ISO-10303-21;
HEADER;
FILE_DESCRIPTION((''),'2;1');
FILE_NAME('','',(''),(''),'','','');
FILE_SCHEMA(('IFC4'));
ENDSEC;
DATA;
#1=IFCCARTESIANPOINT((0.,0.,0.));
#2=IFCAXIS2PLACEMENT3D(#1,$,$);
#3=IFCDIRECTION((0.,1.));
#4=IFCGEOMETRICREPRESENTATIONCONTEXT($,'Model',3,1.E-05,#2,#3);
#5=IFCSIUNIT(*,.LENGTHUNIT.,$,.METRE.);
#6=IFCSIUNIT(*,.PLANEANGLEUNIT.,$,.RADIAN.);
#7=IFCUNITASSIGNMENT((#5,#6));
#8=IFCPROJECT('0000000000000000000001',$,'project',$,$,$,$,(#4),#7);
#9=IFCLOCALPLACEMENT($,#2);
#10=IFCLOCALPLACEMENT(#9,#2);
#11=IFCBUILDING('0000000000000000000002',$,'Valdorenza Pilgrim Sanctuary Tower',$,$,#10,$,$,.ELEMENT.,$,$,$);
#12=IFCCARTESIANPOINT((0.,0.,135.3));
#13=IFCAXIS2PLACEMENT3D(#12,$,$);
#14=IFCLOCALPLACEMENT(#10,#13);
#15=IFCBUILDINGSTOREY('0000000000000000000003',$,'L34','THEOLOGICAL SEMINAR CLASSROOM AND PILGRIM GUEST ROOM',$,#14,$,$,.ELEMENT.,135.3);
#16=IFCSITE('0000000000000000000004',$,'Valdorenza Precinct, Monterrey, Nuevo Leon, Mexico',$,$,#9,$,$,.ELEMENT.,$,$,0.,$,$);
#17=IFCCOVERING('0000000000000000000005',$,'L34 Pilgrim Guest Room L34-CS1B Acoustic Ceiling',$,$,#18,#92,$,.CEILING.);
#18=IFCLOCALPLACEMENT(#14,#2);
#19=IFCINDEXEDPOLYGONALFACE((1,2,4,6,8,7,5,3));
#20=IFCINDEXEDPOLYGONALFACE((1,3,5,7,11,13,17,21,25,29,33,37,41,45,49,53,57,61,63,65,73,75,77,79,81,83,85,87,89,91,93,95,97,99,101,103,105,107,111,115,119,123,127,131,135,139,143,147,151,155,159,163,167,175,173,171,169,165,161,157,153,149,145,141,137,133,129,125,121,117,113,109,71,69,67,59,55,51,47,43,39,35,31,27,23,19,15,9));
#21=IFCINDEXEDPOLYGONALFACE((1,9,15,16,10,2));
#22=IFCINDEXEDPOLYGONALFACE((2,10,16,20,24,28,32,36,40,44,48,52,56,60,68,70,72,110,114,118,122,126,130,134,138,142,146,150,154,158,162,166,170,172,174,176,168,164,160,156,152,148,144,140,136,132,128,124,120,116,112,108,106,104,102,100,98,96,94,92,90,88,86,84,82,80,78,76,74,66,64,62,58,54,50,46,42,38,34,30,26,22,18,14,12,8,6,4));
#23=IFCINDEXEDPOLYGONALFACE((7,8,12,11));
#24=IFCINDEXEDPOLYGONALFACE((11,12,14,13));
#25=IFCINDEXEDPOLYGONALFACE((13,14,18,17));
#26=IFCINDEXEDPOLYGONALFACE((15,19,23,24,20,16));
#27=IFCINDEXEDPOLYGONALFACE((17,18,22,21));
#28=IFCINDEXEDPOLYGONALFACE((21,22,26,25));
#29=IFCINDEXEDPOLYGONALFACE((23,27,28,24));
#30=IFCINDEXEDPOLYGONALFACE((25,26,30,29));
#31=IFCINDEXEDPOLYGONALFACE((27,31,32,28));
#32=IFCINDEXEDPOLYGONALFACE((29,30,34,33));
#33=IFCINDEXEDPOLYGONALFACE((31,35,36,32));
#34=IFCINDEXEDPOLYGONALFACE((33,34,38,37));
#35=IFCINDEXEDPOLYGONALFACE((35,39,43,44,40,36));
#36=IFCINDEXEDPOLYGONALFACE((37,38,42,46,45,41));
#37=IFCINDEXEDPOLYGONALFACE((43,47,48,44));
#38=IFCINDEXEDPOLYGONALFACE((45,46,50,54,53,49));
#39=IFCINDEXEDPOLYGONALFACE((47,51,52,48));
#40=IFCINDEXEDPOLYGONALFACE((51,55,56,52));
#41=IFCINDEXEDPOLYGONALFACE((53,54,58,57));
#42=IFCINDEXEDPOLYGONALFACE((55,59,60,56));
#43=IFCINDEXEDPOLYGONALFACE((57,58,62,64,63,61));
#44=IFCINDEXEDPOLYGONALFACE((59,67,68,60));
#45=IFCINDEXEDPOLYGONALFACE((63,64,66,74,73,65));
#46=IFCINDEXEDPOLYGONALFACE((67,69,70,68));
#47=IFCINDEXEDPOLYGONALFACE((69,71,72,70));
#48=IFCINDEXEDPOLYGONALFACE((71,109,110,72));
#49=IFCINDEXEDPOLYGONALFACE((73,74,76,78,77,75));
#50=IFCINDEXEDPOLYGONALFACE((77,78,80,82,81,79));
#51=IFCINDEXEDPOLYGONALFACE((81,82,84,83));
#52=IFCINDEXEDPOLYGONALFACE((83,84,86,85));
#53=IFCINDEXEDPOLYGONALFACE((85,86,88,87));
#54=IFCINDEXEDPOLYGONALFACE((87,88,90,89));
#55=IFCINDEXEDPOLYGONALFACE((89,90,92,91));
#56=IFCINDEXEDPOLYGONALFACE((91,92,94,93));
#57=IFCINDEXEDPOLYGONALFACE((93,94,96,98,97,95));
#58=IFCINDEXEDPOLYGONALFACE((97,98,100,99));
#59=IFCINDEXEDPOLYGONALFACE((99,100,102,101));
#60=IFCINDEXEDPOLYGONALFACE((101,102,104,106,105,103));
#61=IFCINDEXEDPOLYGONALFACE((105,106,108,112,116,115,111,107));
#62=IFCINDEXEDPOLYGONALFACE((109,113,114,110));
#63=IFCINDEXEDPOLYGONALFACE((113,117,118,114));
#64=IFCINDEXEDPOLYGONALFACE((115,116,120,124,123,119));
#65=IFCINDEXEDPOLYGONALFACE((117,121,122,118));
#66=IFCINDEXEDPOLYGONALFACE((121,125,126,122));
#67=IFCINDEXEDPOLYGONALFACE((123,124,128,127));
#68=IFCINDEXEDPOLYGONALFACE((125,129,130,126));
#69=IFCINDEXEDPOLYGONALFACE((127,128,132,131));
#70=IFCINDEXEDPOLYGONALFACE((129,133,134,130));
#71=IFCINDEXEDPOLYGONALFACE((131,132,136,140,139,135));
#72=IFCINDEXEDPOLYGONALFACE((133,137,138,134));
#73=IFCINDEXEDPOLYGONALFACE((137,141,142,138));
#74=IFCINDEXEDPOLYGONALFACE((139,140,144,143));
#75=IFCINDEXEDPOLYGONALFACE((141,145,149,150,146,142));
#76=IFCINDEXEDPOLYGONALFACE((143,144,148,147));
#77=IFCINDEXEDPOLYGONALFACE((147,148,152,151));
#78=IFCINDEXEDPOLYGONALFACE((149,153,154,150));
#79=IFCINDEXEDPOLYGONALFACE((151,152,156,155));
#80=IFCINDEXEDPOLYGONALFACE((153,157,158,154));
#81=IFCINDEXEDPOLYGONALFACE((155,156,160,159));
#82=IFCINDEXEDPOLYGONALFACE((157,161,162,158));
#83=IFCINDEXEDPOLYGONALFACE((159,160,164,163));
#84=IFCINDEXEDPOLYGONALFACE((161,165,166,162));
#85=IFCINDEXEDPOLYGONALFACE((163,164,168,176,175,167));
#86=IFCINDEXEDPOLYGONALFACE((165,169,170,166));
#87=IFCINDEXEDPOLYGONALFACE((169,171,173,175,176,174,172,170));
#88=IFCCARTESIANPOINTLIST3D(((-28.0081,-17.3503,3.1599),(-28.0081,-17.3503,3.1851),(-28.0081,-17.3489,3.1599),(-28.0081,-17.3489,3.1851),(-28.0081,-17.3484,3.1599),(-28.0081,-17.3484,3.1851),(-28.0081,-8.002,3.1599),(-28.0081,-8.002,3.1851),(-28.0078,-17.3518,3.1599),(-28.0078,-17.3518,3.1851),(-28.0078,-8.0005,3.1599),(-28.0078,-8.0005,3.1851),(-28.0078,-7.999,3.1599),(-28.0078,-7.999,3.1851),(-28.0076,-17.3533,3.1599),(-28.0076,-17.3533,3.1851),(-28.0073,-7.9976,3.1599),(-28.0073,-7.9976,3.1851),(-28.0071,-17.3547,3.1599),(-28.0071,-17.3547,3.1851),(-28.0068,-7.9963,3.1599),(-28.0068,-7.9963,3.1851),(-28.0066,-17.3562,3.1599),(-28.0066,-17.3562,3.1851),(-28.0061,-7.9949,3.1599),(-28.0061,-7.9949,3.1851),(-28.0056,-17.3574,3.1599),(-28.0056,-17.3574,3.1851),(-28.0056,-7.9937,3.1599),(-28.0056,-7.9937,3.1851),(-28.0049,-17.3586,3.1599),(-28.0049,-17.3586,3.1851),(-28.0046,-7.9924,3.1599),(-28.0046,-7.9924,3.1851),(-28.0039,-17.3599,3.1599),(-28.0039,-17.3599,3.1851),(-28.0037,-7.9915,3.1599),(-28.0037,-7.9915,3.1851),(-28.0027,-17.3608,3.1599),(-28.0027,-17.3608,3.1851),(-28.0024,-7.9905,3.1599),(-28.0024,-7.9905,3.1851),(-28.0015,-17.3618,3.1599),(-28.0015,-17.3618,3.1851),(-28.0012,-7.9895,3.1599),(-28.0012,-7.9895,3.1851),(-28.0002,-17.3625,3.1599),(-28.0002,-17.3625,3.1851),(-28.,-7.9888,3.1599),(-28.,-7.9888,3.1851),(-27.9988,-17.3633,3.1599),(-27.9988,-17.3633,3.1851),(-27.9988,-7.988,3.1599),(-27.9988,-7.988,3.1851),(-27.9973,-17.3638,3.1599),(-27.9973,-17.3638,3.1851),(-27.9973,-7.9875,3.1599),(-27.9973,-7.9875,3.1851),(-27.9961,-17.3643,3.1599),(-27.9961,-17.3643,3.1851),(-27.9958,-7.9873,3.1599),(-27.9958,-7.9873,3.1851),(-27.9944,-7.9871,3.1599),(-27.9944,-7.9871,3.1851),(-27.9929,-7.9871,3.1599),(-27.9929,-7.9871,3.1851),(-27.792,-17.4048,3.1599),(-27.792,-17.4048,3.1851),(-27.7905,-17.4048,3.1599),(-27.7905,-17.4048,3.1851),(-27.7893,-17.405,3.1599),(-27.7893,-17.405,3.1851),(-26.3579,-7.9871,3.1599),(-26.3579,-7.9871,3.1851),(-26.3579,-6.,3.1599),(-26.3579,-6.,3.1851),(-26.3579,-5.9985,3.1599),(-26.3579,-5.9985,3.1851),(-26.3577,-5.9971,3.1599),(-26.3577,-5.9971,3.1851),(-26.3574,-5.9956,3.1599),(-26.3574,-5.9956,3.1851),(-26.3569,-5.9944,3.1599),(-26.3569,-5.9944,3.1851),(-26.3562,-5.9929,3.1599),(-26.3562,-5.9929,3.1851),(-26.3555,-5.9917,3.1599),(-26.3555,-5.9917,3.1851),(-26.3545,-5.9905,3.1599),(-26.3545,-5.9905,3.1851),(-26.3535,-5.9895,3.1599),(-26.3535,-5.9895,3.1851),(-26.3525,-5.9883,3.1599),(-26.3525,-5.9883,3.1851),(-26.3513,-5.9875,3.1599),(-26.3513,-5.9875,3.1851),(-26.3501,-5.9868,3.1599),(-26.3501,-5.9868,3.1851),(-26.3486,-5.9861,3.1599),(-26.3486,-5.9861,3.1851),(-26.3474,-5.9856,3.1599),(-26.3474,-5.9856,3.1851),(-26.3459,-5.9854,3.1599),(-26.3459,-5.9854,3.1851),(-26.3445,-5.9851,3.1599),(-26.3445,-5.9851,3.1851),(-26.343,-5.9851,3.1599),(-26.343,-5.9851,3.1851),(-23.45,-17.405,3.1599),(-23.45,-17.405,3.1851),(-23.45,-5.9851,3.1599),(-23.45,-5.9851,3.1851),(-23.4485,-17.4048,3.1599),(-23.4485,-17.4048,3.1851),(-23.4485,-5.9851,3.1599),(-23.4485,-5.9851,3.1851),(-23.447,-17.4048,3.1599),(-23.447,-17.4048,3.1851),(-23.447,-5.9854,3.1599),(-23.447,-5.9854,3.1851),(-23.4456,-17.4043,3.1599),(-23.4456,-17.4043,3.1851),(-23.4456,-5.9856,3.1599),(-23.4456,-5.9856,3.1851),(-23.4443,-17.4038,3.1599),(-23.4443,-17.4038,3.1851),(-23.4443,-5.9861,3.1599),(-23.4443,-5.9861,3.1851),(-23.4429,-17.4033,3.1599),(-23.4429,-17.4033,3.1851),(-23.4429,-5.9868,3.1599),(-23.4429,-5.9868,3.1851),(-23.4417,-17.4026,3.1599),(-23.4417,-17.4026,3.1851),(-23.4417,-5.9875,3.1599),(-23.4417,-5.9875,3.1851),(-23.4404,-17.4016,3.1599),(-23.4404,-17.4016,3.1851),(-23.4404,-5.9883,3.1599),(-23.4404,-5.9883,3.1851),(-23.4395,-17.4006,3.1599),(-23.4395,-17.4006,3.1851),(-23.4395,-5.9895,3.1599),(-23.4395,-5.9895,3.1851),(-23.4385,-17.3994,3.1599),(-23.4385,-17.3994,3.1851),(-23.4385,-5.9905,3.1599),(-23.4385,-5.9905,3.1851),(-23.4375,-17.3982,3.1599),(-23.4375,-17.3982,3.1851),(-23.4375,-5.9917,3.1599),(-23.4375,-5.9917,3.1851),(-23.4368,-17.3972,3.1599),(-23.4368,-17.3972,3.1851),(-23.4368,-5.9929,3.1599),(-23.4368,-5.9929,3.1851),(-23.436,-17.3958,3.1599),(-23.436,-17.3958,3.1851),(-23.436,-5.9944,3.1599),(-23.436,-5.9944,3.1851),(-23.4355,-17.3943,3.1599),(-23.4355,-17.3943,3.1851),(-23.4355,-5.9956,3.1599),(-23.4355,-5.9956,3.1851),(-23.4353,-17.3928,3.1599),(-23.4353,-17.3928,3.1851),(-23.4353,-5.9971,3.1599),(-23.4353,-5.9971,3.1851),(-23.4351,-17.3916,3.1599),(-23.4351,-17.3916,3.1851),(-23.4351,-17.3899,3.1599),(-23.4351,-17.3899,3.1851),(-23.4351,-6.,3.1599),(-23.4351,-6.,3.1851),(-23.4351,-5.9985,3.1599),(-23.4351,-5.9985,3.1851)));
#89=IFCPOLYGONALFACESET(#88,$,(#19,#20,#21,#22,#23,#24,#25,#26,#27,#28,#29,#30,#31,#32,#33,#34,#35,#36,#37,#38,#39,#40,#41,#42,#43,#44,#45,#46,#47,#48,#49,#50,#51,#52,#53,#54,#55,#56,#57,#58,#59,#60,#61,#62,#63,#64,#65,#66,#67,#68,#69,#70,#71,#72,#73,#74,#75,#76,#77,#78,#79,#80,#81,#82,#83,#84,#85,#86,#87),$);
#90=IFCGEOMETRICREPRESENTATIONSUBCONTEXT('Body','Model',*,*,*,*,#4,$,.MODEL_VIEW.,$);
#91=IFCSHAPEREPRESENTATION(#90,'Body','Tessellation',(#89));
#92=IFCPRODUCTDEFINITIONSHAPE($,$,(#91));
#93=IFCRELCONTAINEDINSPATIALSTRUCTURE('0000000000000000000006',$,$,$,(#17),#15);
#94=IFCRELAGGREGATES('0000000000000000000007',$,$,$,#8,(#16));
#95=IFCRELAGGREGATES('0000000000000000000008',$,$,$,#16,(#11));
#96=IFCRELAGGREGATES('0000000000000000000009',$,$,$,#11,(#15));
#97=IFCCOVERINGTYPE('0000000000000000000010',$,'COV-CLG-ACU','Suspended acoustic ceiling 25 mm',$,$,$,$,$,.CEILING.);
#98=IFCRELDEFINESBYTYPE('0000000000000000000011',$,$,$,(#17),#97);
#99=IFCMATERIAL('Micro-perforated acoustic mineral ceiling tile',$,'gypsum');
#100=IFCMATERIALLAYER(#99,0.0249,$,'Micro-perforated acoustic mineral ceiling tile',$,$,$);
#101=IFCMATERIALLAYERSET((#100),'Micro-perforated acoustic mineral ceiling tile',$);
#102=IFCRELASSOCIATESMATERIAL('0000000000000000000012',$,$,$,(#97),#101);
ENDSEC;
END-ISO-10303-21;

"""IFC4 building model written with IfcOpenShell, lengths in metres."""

from ifc_helpers import new_model, si_unit, direction, frame, origin, place, context, subcontext, project, spatial, polyline, outline, extrude, material, layer, layer_set, type_object, element, save


model = new_model("IFC4")

# Units and contexts
model_context = context("Model", 3, precision=1e-05, world=origin(), true_north=direction((0.0, 1.0)))
body_context = subcontext(model_context, "Body", "Model", "MODEL_VIEW")
ifc_project = project(units=[si_unit("LENGTHUNIT", "METRE"), si_unit("PLANEANGLEUNIT", "RADIAN")], contexts=[model_context])

# Site, building, storey
site_placement = place(None, origin())
site = spatial("IfcSite", under=ifc_project, at=site_placement, Name="Valdorenza Precinct, Monterrey, Nuevo Leon, Mexico", CompositionType="ELEMENT", RefElevation=0.0)
building_placement = place(site_placement, origin())
building = spatial("IfcBuilding", under=site, at=building_placement, Name="Valdorenza Pilgrim Sanctuary Tower", CompositionType="ELEMENT")
storey_placement = place(building_placement, frame((0.0, 0.0, 135.3)))
storey = spatial("IfcBuildingStorey", under=building, at=storey_placement, Name="L34", Description="THEOLOGICAL SEMINAR CLASSROOM AND PILGRIM GUEST ROOM", CompositionType="ELEMENT", Elevation=135.3)

# Covering
ifc_material_1 = material(Name="Micro-perforated acoustic mineral ceiling tile", Category="gypsum")
ifc_layer_1 = layer(ifc_material_1, 0.0249, Name="Micro-perforated acoustic mineral ceiling tile")
ifc_layer_set_1 = layer_set([ifc_layer_1], Name="Micro-perforated acoustic mineral ceiling tile")
covering_type_1 = type_object("IfcCoveringType", Name="COV-CLG-ACU", Description="Suspended acoustic ceiling 25 mm", PredefinedType="CEILING", material=ifc_layer_set_1)
covering_1_placement = place(storey_placement, frame((0.0, 0.0, 3.1599)))
element("IfcCovering", 1, at=covering_1_placement, inside=storey, type_object=covering_type_1, Name="L34 Pilgrim Guest Room L34-CS1B Acoustic Ceiling", PredefinedType="CEILING", context=body_context, shape_type="SweptSolid", body=[
    extrude(outline(polyline([(-28.0081, -17.3484), (-28.0081, -8.002), (-28.0078, -8.0005), (-28.0078, -7.999), (-28.0073, -7.9976), (-28.0068, -7.9963), (-28.0061, -7.9949), (-28.0056, -7.9937), (-28.0046, -7.9924), (-28.0037, -7.9915), (-28.0024, -7.9905), (-28.0012, -7.9895), (-28.0, -7.9888), (-27.9988, -7.988), (-27.9973, -7.9875), (-27.9958, -7.9873), (-27.9944, -7.9871), (-27.9929, -7.9871), (-26.3579, -7.9871), (-26.3579, -6.0), (-26.3579, -5.9985), (-26.3577, -5.9971), (-26.3574, -5.9956), (-26.3569, -5.9944), (-26.3562, -5.9929), (-26.3555, -5.9917), (-26.3545, -5.9905), (-26.3535, -5.9895), (-26.3525, -5.9883), (-26.3513, -5.9875), (-26.3501, -5.9868), (-26.3486, -5.9861), (-26.3474, -5.9856), (-26.3459, -5.9854), (-26.3445, -5.9851), (-26.343, -5.9851), (-23.45, -5.9851), (-23.4485, -5.9851), (-23.447, -5.9854), (-23.4456, -5.9856), (-23.4443, -5.9861), (-23.4429, -5.9868), (-23.4417, -5.9875), (-23.4404, -5.9883), (-23.4395, -5.9895), (-23.4385, -5.9905), (-23.4375, -5.9917), (-23.4368, -5.9929), (-23.436, -5.9944), (-23.4355, -5.9956), (-23.4353, -5.9971), (-23.4351, -5.9985), (-23.4351, -6.0), (-23.4351, -17.3899), (-23.4351, -17.3916), (-23.4353, -17.3928), (-23.4355, -17.3943), (-23.436, -17.3958), (-23.4368, -17.3972), (-23.4375, -17.3982), (-23.4385, -17.3994), (-23.4395, -17.4006), (-23.4404, -17.4016), (-23.4417, -17.4026), (-23.4429, -17.4033), (-23.4443, -17.4038), (-23.4456, -17.4043), (-23.447, -17.4048), (-23.4485, -17.4048), (-23.45, -17.405), (-27.7893, -17.405), (-27.7905, -17.4048), (-27.792, -17.4048), (-27.9961, -17.3643), (-27.9973, -17.3638), (-27.9988, -17.3633), (-28.0002, -17.3625), (-28.0015, -17.3618), (-28.0027, -17.3608), (-28.0039, -17.3599), (-28.0049, -17.3586), (-28.0056, -17.3574), (-28.0066, -17.3562), (-28.0071, -17.3547), (-28.0076, -17.3533), (-28.0078, -17.3518), (-28.0081, -17.3503), (-28.0081, -17.3489), (-28.0081, -17.3484)])), origin(), (0.0, 0.0, 1.0), 0.0251),
])

save(model, "model.ifc")
